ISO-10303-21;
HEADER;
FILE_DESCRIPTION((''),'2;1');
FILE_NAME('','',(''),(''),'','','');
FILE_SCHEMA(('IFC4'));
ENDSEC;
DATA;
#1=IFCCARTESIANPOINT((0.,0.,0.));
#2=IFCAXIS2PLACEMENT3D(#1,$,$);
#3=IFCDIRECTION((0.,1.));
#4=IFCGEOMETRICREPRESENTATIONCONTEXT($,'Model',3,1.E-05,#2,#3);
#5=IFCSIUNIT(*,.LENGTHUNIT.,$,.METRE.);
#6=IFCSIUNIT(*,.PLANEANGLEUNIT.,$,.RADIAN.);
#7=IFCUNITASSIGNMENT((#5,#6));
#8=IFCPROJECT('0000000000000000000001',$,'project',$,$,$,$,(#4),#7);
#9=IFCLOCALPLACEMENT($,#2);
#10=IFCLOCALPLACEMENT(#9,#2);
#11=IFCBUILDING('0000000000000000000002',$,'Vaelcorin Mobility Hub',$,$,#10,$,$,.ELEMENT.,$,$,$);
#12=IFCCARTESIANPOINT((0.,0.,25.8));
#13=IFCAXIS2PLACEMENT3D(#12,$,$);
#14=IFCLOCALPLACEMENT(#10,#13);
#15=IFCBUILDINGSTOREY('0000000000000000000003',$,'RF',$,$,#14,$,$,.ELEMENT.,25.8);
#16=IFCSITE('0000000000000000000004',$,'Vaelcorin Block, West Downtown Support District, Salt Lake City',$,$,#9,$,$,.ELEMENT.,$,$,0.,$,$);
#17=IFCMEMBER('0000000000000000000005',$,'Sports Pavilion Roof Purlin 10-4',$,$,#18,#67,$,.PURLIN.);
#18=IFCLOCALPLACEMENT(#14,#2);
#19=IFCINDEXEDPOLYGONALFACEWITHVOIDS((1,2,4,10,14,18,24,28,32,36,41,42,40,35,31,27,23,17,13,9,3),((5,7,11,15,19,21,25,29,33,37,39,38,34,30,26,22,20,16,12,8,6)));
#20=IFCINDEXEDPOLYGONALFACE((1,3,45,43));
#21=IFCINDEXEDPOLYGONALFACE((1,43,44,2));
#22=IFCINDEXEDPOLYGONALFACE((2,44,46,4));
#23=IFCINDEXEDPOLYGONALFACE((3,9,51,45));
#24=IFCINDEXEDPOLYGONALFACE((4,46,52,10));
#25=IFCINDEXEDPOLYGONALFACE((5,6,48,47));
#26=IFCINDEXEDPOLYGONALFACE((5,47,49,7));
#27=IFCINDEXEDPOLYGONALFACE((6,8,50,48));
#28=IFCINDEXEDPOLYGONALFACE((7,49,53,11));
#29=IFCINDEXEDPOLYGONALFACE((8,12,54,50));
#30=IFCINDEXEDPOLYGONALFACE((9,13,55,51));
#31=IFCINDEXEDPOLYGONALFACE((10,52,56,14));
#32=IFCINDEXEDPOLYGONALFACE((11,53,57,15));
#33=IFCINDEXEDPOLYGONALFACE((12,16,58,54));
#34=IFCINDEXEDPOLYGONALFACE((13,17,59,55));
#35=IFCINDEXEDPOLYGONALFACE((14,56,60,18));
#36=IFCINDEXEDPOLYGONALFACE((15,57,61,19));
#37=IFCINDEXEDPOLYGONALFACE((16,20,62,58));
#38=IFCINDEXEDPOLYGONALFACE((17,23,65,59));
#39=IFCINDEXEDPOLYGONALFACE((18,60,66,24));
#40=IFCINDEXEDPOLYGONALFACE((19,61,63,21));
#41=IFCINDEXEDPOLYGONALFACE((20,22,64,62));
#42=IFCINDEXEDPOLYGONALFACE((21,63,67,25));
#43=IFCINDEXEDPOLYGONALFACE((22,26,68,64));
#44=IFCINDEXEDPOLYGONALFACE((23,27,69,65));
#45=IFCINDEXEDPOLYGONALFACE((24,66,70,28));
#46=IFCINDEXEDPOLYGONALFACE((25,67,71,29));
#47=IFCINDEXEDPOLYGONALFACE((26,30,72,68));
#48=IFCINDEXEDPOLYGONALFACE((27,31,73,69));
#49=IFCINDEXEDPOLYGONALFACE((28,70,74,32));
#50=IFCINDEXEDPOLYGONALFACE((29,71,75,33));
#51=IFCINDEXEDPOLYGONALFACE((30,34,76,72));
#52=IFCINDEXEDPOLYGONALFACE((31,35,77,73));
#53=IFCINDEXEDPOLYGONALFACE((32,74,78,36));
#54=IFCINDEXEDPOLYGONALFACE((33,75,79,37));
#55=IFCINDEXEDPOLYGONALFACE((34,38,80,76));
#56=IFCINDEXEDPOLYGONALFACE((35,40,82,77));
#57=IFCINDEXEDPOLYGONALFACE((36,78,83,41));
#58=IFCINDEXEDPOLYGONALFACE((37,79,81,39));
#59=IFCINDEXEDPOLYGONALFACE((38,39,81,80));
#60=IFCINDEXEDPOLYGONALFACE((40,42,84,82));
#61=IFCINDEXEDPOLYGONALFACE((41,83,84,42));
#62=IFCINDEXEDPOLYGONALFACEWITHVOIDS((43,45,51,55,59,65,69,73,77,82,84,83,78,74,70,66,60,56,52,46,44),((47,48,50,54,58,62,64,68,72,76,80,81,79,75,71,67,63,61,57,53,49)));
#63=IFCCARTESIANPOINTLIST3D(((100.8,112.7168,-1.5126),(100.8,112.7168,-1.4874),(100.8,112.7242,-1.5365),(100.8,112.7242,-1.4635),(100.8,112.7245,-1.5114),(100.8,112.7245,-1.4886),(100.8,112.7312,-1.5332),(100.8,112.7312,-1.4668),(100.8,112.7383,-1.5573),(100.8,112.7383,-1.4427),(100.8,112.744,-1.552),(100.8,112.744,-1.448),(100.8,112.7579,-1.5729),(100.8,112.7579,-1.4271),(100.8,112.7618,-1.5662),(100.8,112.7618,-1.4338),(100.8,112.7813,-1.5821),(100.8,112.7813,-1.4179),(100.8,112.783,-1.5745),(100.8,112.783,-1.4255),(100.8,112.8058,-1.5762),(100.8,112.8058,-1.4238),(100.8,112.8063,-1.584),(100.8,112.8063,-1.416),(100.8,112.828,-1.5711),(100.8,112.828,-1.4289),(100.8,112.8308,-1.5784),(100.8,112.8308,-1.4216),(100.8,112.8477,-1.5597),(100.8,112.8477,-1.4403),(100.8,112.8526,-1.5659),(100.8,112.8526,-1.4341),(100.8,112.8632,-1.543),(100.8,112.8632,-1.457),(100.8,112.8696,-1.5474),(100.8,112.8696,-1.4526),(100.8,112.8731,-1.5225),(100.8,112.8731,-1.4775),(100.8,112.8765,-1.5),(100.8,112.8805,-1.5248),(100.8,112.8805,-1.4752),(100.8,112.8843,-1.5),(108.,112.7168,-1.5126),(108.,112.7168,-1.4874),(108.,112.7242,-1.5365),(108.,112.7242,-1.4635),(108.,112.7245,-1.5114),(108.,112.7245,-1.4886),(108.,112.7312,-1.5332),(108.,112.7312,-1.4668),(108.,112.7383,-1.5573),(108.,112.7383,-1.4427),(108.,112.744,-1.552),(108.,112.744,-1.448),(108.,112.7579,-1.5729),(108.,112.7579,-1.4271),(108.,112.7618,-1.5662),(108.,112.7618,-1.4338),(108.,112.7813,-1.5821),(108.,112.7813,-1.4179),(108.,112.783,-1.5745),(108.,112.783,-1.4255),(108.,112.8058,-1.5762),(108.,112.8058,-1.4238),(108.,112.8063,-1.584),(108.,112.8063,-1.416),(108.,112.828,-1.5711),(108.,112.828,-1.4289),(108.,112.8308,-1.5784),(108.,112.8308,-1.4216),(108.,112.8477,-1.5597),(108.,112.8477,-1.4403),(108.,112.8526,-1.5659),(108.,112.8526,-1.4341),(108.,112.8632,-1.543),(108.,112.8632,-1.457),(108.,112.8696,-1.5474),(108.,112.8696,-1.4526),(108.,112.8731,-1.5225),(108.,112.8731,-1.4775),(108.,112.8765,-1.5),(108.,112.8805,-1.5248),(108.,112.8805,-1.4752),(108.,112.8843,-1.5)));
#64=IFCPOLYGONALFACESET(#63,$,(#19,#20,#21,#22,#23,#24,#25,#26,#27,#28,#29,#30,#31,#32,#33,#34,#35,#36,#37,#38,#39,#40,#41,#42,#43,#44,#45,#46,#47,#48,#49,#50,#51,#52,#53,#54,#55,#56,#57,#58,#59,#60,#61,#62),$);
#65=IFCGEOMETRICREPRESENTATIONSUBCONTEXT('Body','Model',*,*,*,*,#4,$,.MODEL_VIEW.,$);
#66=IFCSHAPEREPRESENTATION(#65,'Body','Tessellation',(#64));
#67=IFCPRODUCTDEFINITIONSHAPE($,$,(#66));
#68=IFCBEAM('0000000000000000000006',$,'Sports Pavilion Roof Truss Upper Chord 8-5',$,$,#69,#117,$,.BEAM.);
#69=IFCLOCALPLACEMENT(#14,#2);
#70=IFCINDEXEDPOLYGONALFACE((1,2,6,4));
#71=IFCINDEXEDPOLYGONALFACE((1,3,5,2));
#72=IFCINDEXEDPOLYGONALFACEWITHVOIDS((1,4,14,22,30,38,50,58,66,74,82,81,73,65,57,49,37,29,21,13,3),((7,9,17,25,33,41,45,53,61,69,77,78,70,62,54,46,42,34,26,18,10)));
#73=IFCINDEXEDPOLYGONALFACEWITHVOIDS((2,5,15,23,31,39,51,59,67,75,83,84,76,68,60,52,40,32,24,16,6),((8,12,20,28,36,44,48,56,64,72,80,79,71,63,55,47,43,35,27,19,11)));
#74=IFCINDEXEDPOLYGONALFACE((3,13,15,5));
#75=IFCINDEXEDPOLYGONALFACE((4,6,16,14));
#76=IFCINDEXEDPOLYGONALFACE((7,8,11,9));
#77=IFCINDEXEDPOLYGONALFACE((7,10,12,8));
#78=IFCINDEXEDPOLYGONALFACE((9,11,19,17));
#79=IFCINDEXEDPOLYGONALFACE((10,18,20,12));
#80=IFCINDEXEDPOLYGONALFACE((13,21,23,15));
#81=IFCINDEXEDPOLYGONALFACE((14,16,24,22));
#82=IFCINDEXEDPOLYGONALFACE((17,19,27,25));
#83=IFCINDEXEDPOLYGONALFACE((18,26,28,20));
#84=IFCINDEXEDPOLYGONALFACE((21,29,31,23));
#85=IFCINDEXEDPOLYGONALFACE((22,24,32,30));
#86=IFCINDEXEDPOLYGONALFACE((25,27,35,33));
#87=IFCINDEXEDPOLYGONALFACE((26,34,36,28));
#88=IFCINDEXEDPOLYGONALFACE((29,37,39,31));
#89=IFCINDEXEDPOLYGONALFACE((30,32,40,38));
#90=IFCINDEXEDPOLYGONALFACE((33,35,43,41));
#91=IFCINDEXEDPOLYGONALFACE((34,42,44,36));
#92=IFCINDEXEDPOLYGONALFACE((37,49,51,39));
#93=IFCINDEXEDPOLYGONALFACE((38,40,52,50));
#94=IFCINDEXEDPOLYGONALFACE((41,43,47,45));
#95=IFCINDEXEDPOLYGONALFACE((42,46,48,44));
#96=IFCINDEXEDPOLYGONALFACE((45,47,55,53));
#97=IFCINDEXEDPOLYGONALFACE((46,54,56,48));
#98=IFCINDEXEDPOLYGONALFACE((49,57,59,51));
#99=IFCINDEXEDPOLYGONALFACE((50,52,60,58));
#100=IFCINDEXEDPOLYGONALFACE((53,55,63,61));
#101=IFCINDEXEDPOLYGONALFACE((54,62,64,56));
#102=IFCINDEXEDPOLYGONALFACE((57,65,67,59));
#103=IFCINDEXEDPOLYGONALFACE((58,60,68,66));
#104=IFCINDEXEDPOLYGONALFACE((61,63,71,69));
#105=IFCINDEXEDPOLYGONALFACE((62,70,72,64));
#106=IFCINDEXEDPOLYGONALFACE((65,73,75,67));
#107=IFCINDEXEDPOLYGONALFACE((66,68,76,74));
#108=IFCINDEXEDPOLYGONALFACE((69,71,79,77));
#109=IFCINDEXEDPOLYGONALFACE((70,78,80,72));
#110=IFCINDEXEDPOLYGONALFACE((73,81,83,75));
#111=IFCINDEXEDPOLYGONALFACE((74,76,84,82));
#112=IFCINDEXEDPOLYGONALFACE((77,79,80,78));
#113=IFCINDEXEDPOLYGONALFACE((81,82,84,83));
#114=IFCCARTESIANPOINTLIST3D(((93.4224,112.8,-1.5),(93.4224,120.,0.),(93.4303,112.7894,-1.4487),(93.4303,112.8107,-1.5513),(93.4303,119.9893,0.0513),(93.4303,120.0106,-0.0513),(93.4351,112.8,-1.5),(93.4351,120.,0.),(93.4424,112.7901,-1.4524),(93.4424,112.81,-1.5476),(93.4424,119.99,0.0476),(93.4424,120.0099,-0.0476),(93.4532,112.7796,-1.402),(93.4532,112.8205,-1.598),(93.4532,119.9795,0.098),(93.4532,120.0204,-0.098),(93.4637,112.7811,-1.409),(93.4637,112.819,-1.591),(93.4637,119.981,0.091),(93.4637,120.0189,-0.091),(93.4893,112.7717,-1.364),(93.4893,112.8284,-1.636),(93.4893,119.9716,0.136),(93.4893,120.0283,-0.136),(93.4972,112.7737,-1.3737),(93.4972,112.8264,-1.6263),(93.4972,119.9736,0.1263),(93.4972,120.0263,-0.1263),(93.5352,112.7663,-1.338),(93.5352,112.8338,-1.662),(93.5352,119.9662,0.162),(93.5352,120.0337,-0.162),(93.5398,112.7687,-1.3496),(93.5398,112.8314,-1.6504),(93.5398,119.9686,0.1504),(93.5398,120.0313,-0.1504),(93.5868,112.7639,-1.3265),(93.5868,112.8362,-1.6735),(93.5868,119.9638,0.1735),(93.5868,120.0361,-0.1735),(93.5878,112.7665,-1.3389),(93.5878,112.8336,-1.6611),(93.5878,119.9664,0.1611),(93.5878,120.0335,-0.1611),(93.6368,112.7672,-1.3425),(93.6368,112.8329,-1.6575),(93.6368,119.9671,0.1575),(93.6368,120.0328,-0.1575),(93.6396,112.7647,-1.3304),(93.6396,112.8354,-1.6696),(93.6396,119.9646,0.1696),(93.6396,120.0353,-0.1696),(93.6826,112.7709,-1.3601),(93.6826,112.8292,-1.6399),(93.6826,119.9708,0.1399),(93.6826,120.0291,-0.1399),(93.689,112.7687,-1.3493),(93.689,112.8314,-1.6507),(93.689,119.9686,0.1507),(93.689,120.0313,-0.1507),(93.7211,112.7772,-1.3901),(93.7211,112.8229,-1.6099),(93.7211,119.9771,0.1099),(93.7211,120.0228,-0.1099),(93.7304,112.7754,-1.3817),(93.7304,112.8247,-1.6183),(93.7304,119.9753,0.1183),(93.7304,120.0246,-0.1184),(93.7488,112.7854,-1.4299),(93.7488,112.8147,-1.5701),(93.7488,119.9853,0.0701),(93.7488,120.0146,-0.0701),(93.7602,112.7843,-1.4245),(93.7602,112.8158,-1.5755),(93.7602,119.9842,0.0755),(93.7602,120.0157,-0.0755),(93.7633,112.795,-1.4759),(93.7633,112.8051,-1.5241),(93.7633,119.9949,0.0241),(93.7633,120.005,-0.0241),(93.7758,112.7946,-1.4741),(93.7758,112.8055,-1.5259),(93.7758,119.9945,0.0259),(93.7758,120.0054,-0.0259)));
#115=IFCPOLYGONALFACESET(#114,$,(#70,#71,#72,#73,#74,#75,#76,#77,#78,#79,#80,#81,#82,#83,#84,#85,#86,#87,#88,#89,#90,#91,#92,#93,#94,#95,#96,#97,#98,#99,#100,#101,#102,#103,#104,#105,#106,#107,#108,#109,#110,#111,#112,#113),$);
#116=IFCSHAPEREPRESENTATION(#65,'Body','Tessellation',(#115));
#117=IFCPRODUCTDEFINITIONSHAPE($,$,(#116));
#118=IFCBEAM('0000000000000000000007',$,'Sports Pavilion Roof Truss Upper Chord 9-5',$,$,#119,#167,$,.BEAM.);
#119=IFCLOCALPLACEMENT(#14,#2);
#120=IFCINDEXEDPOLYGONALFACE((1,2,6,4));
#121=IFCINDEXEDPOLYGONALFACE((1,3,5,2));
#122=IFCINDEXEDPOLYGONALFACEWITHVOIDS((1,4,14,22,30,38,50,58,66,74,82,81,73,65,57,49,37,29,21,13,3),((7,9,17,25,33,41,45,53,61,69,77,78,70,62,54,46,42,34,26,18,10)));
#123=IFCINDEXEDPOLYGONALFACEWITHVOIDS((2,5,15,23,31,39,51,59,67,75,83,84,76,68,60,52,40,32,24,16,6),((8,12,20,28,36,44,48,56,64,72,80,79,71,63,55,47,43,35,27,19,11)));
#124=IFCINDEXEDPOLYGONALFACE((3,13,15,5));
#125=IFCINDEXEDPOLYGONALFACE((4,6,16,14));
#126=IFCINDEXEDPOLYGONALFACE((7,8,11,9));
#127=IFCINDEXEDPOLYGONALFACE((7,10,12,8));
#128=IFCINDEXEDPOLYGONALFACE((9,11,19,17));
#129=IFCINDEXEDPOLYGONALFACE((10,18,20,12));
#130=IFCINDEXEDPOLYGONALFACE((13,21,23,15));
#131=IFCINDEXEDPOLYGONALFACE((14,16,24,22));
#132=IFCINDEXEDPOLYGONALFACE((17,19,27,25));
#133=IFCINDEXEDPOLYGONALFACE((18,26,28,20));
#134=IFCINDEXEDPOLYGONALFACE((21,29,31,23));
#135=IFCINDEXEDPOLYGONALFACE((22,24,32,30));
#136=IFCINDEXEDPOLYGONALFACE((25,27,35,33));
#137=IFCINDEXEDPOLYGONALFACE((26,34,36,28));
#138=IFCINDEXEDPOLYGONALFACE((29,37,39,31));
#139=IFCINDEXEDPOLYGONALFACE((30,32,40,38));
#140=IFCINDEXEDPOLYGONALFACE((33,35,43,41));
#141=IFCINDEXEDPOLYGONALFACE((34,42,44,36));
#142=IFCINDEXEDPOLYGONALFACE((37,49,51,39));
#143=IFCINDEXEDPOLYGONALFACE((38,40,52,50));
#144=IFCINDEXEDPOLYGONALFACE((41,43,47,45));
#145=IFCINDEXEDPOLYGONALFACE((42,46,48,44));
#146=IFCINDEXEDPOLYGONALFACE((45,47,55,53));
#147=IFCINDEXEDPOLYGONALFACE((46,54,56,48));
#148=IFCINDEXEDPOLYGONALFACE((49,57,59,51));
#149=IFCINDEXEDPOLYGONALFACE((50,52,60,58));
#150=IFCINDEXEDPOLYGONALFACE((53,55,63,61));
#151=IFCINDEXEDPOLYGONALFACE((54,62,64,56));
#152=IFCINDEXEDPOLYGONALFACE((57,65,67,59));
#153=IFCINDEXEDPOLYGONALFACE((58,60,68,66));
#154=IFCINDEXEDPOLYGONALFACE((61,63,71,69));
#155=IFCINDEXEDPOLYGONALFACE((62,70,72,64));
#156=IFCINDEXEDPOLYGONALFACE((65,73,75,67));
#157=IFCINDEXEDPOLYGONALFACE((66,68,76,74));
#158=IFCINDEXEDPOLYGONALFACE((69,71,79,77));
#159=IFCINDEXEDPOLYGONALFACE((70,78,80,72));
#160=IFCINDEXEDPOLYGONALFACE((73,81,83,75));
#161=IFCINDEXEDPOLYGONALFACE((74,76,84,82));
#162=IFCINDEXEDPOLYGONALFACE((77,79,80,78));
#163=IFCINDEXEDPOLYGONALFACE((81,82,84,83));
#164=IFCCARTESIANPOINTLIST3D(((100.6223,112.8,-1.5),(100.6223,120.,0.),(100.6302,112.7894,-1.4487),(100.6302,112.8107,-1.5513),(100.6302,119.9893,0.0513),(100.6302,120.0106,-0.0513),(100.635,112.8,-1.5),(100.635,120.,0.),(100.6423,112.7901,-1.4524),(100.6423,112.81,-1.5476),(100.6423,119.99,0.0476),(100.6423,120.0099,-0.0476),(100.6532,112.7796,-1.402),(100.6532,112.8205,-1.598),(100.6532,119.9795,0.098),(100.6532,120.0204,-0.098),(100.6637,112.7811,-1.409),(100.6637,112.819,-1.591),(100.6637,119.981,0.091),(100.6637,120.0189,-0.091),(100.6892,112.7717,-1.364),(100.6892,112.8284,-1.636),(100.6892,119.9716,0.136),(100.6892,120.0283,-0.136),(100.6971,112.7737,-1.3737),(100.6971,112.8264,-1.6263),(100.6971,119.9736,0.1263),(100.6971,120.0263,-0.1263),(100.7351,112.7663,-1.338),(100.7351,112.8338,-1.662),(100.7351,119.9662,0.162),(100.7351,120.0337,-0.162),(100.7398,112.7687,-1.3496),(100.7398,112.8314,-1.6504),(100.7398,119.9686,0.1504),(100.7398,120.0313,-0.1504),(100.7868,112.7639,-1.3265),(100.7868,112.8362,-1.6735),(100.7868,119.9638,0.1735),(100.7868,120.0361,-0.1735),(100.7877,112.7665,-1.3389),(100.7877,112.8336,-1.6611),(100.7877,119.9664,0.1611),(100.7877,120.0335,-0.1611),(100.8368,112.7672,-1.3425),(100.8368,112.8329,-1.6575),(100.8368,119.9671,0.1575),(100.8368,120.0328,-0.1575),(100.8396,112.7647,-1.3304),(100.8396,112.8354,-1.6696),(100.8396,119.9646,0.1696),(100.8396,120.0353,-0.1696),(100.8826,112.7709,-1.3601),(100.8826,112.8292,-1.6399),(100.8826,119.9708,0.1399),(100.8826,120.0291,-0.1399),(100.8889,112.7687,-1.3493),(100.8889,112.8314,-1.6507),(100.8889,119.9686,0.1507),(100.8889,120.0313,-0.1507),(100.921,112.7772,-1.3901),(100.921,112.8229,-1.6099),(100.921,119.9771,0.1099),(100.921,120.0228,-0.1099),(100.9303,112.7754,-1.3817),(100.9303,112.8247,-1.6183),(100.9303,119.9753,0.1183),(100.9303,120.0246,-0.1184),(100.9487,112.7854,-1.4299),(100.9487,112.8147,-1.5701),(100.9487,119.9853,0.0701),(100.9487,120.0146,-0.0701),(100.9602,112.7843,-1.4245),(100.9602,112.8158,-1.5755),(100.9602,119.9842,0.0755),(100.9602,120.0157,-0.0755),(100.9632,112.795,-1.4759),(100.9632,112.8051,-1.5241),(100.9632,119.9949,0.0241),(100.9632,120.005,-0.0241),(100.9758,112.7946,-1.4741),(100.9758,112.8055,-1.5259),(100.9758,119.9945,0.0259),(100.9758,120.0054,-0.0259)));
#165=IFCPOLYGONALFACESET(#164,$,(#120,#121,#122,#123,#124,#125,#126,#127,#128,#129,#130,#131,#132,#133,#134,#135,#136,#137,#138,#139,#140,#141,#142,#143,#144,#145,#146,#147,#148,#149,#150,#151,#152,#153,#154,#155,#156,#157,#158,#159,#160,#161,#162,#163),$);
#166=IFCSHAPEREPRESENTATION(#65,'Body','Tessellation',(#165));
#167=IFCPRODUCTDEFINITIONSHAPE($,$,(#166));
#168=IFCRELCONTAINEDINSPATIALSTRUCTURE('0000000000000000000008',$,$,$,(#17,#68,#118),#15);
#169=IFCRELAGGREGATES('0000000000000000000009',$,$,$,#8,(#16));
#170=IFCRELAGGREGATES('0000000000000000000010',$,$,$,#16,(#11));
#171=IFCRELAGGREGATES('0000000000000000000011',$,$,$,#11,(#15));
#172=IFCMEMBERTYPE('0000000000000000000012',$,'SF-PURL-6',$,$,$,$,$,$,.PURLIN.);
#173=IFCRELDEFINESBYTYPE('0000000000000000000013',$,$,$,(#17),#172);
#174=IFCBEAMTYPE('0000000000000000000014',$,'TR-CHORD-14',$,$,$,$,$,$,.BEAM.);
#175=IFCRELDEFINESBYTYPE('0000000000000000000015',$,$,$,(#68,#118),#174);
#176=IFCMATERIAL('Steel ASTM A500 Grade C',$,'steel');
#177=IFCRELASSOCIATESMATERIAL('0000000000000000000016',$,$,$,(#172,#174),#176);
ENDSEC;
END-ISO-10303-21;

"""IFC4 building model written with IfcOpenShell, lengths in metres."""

from ifc_helpers import new_model, si_unit, direction, frame, origin, origin_2d, place, context, subcontext, project, spatial, hollow_circle, extrude, material, material_profile, profile_set, type_object, element, save


model = new_model("IFC4")

# Units and contexts
model_context = context("Model", 3, precision=1e-05, world=origin(), true_north=direction((0.0, 1.0)))
body_context = subcontext(model_context, "Body", "Model", "MODEL_VIEW")
ifc_project = project(units=[si_unit("LENGTHUNIT", "METRE"), si_unit("PLANEANGLEUNIT", "RADIAN")], contexts=[model_context])

# Site, building, storey
site_placement = place(None, origin())
site = spatial("IfcSite", under=ifc_project, at=site_placement, Name="Vaelcorin Block, West Downtown Support District, Salt Lake City", CompositionType="ELEMENT", RefElevation=0.0)
building_placement = place(site_placement, origin())
building = spatial("IfcBuilding", under=site, at=building_placement, Name="Vaelcorin Mobility Hub", CompositionType="ELEMENT")
storey_placement = place(building_placement, frame((0.0, 0.0, 25.8)))
storey = spatial("IfcBuildingStorey", under=building, at=storey_placement, Name="RF", CompositionType="ELEMENT", Elevation=25.8)

# Member
ifc_material_1 = material(Name="Steel ASTM A500 Grade C", Category="steel")
ifc_material_profile_1 = material_profile(ifc_material_1, hollow_circle(Radius=0.0842, WallThickness=0.0078, at=origin_2d()), Name="HSS6.625X0.312")
ifc_profile_set_1 = profile_set([ifc_material_profile_1], Name="Steel ASTM A500 Grade C")
member_type_1 = type_object("IfcMemberType", Name="SF-PURL-6", PredefinedType="PURLIN", material=ifc_profile_set_1)
member_1_placement = place(storey_placement, frame((100.8, 112.8, -1.5), z_axis=(1.0, 0.0, 0.0), x_axis=(0.0, 1.0, 0.0)))
element("IfcMember", 1, at=member_1_placement, inside=storey, type_object=member_type_1, Name="Sports Pavilion Roof Purlin 10-4", PredefinedType="PURLIN", context=body_context, shape_type="SweptSolid", body=[
    extrude(hollow_circle(Radius=0.0842, WallThickness=0.0078, at=origin_2d()), origin(), (0.0, 0.0, 1.0), 7.2),
])

# Beams
ifc_material_profile_2 = material_profile(ifc_material_1, hollow_circle(Radius=0.1777, WallThickness=0.0127, at=origin_2d()), Name="HSS14.000X0.500")
ifc_profile_set_2 = profile_set([ifc_material_profile_2], Name="Steel ASTM A500 Grade C")
beam_type = type_object("IfcBeamType", Name="TR-CHORD-14", PredefinedType="BEAM", material=ifc_profile_set_2)
for number, where, z_axis, x_axis, name in (
    (2, (93.6001, 112.8, -1.5), (0.0, 0.97898, 0.203956), (-1.0, 0.0, 0.0), "Sports Pavilion Roof Truss Upper Chord 8-5"),
    (3, (100.8, 112.8, -1.5), (0.0, 0.97898, 0.203956), (-1.0, 0.0, 0.0), "Sports Pavilion Roof Truss Upper Chord 9-5"),
):
    element("IfcBeam", number, at=place(storey_placement, frame(where, z_axis=z_axis, x_axis=x_axis)), inside=storey, type_object=beam_type, Name=name, PredefinedType="BEAM", context=body_context, shape_type="SweptSolid", body=[
        extrude(hollow_circle(Radius=0.1777, WallThickness=0.0127, at=origin_2d()), origin(), (0.0, 0.0, 1.0), 7.3545),
    ])

save(model, "model.ifc")
